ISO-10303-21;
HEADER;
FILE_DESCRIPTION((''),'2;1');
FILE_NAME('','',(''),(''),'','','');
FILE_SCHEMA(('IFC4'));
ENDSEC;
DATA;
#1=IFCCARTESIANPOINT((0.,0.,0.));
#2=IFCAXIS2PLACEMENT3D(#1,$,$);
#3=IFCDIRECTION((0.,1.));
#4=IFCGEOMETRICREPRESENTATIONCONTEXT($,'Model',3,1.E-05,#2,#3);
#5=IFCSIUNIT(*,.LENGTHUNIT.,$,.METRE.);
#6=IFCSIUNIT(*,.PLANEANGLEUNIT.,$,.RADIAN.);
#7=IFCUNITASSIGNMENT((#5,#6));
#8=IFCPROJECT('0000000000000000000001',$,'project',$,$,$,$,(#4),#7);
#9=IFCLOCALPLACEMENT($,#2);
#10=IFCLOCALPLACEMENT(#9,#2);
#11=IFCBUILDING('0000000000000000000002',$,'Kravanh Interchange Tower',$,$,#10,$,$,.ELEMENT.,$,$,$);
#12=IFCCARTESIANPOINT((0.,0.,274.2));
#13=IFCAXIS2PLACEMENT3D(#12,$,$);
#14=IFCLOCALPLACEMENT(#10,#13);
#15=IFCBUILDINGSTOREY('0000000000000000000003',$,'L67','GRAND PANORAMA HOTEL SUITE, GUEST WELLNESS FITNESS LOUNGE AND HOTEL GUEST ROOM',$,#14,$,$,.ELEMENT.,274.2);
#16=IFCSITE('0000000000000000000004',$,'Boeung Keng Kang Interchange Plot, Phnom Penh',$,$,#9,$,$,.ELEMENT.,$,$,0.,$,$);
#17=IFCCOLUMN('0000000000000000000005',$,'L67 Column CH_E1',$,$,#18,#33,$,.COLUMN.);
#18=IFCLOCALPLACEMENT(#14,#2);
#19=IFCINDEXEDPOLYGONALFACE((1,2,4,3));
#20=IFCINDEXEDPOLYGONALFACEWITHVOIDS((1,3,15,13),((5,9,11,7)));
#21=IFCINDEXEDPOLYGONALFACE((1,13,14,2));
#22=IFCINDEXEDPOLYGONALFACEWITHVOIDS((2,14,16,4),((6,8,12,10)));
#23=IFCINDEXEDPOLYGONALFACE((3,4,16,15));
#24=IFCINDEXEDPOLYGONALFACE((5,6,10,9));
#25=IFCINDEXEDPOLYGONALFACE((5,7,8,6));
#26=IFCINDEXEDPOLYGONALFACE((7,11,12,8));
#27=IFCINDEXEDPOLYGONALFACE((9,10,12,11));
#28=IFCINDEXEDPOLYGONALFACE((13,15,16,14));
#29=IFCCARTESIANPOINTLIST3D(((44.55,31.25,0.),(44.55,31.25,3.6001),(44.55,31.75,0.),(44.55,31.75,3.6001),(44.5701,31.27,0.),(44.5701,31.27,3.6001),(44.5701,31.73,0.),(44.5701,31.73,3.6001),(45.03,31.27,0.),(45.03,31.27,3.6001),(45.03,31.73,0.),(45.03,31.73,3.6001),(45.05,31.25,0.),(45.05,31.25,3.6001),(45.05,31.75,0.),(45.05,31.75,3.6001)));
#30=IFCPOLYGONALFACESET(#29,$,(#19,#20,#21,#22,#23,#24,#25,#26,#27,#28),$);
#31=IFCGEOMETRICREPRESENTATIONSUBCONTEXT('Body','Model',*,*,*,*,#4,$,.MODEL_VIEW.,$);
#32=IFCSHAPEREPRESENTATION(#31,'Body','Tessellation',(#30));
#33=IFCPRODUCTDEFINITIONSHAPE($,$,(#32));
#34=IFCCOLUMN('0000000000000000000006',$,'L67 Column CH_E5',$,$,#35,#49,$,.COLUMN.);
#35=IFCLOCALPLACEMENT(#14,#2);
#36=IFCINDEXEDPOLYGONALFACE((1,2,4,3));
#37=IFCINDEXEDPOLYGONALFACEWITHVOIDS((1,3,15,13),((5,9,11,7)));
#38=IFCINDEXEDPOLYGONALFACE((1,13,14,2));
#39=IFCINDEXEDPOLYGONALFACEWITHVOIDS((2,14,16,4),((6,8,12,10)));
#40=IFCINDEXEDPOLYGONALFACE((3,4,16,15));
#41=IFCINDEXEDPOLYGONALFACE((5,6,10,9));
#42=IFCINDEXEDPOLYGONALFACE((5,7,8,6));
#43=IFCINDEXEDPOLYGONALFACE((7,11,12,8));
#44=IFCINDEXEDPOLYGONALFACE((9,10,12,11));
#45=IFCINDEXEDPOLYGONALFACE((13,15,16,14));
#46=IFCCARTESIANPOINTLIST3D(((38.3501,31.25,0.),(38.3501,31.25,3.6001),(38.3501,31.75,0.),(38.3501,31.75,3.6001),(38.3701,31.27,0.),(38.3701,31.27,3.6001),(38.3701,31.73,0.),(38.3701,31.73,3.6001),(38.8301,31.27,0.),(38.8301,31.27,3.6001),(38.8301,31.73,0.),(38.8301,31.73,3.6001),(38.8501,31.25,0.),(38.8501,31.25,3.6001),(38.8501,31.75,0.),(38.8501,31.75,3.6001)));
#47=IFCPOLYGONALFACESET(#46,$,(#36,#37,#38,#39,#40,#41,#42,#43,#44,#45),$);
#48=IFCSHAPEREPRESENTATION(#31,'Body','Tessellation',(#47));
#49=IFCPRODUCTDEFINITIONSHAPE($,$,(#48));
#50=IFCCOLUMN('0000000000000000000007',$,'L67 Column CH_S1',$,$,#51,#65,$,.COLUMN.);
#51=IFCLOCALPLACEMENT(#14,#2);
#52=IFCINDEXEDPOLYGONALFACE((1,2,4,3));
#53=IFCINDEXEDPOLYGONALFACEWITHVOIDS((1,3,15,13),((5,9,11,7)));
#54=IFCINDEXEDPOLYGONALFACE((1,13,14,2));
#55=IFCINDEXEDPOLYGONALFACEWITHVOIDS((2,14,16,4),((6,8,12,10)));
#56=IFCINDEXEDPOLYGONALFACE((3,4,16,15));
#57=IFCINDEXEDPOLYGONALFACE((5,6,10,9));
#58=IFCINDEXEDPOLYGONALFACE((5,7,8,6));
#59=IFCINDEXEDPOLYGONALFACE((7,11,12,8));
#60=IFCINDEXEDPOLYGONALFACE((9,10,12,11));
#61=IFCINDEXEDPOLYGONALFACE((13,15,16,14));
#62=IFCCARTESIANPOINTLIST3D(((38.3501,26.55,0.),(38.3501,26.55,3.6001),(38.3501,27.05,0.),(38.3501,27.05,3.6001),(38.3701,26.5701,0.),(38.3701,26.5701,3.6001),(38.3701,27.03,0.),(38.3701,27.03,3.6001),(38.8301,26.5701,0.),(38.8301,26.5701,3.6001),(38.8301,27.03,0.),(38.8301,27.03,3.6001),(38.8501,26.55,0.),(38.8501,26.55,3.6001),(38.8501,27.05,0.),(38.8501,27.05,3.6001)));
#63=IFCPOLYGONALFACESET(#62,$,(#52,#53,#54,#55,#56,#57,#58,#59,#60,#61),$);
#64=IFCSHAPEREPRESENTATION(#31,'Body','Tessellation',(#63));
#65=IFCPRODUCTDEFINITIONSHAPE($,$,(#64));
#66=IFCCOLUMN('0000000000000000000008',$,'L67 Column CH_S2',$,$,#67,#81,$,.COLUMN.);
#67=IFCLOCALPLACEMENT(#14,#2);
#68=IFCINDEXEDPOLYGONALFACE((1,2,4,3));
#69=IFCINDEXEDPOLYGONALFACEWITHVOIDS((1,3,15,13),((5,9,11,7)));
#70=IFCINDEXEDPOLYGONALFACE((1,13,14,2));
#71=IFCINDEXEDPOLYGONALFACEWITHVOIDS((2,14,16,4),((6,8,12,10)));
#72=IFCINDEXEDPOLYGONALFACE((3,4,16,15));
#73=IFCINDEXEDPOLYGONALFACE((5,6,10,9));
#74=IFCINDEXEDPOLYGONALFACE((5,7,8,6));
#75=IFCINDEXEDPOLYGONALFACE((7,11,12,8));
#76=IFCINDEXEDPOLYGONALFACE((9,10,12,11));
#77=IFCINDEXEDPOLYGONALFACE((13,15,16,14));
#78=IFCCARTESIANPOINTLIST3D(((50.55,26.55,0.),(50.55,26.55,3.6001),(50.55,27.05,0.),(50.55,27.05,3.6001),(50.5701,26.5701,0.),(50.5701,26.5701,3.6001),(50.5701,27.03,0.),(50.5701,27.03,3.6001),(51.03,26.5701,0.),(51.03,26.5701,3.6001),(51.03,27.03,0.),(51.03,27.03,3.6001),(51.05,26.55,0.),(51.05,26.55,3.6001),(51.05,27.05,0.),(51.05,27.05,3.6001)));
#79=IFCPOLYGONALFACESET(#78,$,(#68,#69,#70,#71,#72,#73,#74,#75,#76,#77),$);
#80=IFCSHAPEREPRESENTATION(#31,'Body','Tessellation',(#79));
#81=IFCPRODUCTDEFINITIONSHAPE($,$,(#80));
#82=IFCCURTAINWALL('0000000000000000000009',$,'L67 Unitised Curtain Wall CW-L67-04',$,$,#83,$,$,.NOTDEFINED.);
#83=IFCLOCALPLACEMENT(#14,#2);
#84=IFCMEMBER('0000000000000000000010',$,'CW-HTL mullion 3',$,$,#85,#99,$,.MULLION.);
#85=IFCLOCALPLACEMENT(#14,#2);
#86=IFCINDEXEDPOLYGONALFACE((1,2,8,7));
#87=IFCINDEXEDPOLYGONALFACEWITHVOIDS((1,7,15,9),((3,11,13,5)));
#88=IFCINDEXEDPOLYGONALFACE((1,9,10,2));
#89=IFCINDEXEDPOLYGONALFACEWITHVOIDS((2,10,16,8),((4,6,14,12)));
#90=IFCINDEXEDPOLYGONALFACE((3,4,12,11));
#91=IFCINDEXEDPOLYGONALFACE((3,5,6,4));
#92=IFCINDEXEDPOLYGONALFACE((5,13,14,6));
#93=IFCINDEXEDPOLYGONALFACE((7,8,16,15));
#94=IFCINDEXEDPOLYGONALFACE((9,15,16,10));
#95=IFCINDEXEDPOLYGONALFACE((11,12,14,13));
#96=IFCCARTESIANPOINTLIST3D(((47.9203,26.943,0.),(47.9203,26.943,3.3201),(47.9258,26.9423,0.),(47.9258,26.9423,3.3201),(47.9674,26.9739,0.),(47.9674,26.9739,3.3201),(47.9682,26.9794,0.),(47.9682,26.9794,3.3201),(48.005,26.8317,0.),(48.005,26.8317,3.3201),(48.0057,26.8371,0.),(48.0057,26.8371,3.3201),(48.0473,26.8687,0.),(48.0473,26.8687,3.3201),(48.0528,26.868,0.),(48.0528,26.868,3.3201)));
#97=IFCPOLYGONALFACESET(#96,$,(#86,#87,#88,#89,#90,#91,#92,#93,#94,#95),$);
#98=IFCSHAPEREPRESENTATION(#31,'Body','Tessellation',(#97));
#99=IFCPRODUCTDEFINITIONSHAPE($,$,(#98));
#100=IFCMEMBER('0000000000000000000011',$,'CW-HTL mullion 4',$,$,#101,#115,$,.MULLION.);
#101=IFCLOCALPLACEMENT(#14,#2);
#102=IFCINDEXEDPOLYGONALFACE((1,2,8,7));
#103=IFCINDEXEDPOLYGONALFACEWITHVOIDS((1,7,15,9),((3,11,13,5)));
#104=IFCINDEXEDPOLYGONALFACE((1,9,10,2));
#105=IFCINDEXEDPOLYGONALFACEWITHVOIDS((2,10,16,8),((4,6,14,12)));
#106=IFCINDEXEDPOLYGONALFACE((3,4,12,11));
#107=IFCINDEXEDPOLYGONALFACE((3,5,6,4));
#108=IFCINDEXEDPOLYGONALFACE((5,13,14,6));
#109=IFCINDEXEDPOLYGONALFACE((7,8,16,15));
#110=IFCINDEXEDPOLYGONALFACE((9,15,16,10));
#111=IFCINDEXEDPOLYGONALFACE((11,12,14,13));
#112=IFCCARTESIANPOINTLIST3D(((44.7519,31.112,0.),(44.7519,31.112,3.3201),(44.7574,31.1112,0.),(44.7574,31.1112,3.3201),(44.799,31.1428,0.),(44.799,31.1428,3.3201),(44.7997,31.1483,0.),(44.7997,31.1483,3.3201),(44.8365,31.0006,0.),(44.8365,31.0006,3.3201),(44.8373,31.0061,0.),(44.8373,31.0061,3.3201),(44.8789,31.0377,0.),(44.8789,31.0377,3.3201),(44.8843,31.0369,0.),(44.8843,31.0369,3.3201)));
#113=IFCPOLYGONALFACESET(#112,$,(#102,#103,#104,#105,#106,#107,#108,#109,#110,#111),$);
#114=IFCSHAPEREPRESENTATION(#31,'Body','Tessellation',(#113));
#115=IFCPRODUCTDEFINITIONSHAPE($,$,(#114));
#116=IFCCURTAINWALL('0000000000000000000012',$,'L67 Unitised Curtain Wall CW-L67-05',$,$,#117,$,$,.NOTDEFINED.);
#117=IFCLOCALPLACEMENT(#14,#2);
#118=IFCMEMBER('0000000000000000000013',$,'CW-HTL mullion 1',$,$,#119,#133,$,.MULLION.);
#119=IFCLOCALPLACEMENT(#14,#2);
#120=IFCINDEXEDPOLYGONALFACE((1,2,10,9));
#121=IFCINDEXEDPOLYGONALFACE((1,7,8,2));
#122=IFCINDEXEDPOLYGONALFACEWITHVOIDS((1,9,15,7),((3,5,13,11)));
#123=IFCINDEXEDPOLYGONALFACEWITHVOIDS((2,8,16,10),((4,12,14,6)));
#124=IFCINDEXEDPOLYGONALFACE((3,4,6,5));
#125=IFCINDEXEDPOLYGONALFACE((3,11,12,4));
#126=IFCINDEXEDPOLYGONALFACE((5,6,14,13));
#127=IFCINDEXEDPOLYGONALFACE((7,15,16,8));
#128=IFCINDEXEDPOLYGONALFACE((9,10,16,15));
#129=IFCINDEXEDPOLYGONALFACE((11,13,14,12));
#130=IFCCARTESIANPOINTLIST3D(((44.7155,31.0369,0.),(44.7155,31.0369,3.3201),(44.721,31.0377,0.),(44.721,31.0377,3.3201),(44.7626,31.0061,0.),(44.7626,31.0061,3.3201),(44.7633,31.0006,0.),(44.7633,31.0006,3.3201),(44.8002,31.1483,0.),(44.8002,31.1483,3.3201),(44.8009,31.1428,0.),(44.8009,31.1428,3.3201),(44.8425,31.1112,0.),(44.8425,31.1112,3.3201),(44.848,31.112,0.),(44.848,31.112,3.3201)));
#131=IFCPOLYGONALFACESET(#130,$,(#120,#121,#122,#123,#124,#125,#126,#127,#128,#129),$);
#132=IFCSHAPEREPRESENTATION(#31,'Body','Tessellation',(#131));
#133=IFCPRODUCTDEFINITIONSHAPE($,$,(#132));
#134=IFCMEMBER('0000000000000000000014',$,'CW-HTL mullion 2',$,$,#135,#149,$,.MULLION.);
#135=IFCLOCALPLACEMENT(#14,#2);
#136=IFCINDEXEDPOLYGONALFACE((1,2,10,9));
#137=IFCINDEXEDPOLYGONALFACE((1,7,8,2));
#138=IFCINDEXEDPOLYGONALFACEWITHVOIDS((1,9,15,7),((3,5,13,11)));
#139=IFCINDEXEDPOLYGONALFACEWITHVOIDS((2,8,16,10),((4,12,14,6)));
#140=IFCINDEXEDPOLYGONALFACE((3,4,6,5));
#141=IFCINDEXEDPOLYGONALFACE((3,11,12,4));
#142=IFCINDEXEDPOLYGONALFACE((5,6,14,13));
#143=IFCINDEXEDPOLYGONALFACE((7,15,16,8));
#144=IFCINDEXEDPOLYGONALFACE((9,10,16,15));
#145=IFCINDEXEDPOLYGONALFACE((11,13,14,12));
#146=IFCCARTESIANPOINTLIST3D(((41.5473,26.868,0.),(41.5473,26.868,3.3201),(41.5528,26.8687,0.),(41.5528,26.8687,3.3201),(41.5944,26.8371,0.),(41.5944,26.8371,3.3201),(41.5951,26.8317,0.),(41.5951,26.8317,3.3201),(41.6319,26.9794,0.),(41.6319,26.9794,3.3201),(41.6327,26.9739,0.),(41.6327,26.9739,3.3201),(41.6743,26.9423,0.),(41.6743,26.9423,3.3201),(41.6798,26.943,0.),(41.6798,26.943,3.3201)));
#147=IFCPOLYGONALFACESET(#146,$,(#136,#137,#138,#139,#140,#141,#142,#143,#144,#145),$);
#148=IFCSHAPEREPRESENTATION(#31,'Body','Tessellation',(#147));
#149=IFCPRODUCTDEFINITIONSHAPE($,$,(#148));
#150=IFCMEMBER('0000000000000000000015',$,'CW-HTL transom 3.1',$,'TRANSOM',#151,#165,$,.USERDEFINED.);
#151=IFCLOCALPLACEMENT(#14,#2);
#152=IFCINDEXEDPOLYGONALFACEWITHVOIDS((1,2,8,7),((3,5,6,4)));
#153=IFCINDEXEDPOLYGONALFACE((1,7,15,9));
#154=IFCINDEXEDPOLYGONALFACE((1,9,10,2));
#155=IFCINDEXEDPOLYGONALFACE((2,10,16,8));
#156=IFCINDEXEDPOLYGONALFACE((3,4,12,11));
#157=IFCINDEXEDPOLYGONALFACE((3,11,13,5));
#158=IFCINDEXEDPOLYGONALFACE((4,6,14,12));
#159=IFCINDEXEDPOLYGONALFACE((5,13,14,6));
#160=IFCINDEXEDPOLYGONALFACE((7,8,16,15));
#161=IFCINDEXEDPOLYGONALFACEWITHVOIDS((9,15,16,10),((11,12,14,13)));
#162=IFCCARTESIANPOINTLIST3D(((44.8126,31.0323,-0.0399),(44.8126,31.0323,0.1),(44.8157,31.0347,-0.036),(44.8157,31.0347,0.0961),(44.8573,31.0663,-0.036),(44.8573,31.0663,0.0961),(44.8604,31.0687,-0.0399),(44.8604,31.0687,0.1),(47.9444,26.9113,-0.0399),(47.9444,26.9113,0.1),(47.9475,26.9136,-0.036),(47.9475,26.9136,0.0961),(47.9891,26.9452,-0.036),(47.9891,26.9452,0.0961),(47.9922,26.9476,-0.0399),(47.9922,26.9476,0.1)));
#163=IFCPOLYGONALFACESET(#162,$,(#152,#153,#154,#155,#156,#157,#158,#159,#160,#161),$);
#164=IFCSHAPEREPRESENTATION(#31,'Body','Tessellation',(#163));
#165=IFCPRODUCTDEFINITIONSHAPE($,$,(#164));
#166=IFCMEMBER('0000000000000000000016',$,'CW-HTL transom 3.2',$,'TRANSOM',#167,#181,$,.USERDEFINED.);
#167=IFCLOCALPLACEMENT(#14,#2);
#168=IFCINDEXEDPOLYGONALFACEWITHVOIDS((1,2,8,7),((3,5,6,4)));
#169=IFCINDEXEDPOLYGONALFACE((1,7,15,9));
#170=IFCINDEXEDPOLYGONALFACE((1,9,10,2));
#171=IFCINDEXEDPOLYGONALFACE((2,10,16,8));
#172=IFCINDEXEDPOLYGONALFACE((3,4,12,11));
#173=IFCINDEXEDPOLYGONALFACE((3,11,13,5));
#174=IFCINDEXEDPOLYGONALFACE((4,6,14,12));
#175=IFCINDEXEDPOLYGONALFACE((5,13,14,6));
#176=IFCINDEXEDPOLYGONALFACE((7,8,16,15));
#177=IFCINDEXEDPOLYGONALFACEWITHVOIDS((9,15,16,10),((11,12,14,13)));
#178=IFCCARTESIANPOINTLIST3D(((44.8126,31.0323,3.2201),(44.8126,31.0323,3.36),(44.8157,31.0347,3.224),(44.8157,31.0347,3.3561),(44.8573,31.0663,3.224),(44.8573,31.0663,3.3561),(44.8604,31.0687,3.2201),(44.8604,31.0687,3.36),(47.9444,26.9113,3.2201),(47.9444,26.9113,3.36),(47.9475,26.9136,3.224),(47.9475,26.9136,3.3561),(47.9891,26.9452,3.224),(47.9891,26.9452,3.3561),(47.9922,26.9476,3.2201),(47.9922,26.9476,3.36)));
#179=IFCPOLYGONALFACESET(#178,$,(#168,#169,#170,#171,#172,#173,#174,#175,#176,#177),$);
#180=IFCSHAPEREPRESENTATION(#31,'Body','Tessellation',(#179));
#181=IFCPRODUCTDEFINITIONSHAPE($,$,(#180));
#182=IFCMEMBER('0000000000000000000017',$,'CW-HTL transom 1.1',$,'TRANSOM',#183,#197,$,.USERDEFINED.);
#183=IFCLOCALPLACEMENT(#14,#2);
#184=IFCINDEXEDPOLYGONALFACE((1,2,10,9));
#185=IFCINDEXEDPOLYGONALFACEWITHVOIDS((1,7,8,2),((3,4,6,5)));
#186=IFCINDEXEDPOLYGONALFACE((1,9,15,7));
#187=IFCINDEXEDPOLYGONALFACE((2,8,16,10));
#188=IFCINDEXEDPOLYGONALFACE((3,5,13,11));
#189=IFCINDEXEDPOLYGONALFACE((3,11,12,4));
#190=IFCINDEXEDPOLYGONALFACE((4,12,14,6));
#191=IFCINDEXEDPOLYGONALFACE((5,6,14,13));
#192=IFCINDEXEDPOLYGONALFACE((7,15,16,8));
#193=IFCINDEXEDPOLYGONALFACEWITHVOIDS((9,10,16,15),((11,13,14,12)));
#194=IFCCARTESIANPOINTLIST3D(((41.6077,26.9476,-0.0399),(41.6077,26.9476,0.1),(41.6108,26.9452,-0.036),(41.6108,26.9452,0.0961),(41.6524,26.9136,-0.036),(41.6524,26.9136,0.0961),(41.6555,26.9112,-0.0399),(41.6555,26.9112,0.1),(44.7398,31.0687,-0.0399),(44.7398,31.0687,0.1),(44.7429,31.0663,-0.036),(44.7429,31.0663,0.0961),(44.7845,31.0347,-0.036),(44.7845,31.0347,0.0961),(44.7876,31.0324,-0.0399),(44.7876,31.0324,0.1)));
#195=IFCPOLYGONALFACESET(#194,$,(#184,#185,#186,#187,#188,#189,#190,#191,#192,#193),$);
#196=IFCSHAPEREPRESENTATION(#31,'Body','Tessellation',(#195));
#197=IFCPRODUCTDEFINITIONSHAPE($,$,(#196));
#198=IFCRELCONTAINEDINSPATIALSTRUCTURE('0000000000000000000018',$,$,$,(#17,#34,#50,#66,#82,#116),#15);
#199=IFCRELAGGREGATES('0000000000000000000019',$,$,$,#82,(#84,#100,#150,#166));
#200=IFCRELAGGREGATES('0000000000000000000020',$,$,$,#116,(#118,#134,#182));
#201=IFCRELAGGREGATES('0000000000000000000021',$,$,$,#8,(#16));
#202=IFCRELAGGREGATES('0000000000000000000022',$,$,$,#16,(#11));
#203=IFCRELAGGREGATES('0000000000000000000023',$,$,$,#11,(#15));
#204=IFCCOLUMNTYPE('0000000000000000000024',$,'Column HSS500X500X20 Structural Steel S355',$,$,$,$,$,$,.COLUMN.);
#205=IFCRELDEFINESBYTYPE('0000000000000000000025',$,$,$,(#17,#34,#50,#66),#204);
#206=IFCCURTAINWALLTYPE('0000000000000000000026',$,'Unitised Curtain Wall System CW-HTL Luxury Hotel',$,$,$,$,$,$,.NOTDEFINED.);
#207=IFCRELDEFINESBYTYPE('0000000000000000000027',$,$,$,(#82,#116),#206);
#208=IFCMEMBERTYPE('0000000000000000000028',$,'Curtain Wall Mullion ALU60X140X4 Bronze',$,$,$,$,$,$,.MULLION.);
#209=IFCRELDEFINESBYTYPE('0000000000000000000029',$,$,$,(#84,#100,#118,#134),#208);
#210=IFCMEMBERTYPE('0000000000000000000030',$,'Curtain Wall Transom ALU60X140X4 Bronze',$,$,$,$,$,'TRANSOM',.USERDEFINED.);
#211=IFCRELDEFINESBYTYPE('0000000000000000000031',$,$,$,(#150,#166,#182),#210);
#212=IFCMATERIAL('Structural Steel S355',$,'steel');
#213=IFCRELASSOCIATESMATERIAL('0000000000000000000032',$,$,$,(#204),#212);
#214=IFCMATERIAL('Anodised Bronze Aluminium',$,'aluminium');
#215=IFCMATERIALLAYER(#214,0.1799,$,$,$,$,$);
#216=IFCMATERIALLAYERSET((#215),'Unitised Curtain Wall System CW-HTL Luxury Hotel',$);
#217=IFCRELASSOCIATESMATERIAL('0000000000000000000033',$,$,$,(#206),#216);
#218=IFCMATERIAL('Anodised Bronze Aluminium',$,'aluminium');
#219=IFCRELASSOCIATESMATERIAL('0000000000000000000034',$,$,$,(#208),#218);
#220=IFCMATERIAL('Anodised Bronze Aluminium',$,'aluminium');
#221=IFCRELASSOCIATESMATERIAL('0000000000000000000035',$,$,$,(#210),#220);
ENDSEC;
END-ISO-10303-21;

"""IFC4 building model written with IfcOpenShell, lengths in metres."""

from ifc_helpers import new_model, si_unit, direction, frame, origin, origin_2d, place, context, subcontext, project, spatial, hollow_rectangle, extrude, material, layer, layer_set, material_profile, profile_set, type_object, element, aggregate, save


model = new_model("IFC4")

# Units and contexts
model_context = context("Model", 3, precision=1e-05, world=origin(), true_north=direction((0.0, 1.0)))
body_context = subcontext(model_context, "Body", "Model", "MODEL_VIEW")
ifc_project = project(units=[si_unit("LENGTHUNIT", "METRE"), si_unit("PLANEANGLEUNIT", "RADIAN")], contexts=[model_context])

# Site, building, storey
site_placement = place(None, origin())
site = spatial("IfcSite", under=ifc_project, at=site_placement, Name="Boeung Keng Kang Interchange Plot, Phnom Penh", CompositionType="ELEMENT", RefElevation=0.0)
building_placement = place(site_placement, origin())
building = spatial("IfcBuilding", under=site, at=building_placement, Name="Kravanh Interchange Tower", CompositionType="ELEMENT")
storey_placement = place(building_placement, frame((0.0, 0.0, 274.2)))
storey = spatial("IfcBuildingStorey", under=building, at=storey_placement, Name="L67", Description="GRAND PANORAMA HOTEL SUITE, GUEST WELLNESS FITNESS LOUNGE AND HOTEL GUEST ROOM", CompositionType="ELEMENT", Elevation=274.2)

# Columns
ifc_material_1 = material(Name="Structural Steel S355", Category="steel")
ifc_material_profile_1 = material_profile(ifc_material_1, hollow_rectangle(XDim=0.5, YDim=0.5, WallThickness=0.02, at=origin_2d()), Name="HSS500X500X20")
ifc_profile_set_1 = profile_set([ifc_material_profile_1], Name="Structural Steel S355")
column_type = type_object("IfcColumnType", Name="Column HSS500X500X20 Structural Steel S355", PredefinedType="COLUMN", material=ifc_profile_set_1)
for number, where, z_axis, x_axis, name in (
    (1, (44.8, 31.5, 0.0), (0.0, 0.0, 1.0), (1.0, 0.0, 0.0), "L67 Column CH_E1"),
    (2, (38.6001, 31.5, 0.0), (0.0, 0.0, 1.0), (1.0, 0.0, 0.0), "L67 Column CH_E5"),
    (3, (38.6001, 26.8, 0.0), (0.0, 0.0, 1.0), (1.0, 0.0, 0.0), "L67 Column CH_S1"),
    (4, (50.8, 26.8, 0.0), (0.0, 0.0, 1.0), (1.0, 0.0, 0.0), "L67 Column CH_S2"),
):
    element("IfcColumn", number, at=place(storey_placement, frame(where, z_axis=z_axis, x_axis=x_axis)), inside=storey, type_object=column_type, Name=name, PredefinedType="COLUMN", context=body_context, shape_type="SweptSolid", body=[
        extrude(hollow_rectangle(XDim=0.5, YDim=0.5, WallThickness=0.02, at=origin_2d()), origin(), (0.0, 0.0, 1.0), 3.6001),
    ])

# Curtain walls, members
ifc_material_2 = material(Name="Anodised Bronze Aluminium", Category="aluminium")
ifc_layer_1 = layer(ifc_material_2, 0.1799)
ifc_layer_set_1 = layer_set([ifc_layer_1], Name="Unitised Curtain Wall System CW-HTL Luxury Hotel")
curtain_wall_type = type_object("IfcCurtainWallType", Name="Unitised Curtain Wall System CW-HTL Luxury Hotel", PredefinedType="NOTDEFINED", material=ifc_layer_set_1)
curtain_wall_1_placement = place(storey_placement, origin())
curtain_wall_1 = element("IfcCurtainWall", 5, at=curtain_wall_1_placement, inside=storey, type_object=curtain_wall_type, Name="L67 Unitised Curtain Wall CW-L67-04", PredefinedType="NOTDEFINED")
ifc_material_3 = material(Name="Anodised Bronze Aluminium", Category="aluminium")
ifc_material_profile_2 = material_profile(ifc_material_3, hollow_rectangle(XDim=0.0601, YDim=0.1399, WallThickness=0.0039, at=origin_2d()), Name="ALU60X140X4")
ifc_profile_set_2 = profile_set([ifc_material_profile_2], Name="Anodised Bronze Aluminium")
member_type_1 = type_object("IfcMemberType", Name="Curtain Wall Mullion ALU60X140X4 Bronze", PredefinedType="MULLION", material=ifc_profile_set_2)
member_1_placement = place(storey_placement, frame((47.9866, 26.9055, 0.0), z_axis=(0.0, 0.0, 1.0), x_axis=(-0.796162, -0.605083, 0.0)))
member_1 = element("IfcMember", 6, at=member_1_placement, type_object=member_type_1, Name="CW-HTL mullion 3", PredefinedType="MULLION", context=body_context, shape_type="SweptSolid", body=[
    extrude(hollow_rectangle(XDim=0.0601, YDim=0.1399, WallThickness=0.0039, at=origin_2d()), origin(), (0.0, 0.0, 1.0), 3.3201),
])
member_2_placement = place(storey_placement, frame((44.8181, 31.0745, 0.0), z_axis=(0.0, 0.0, 1.0), x_axis=(-0.796162, -0.605083, 0.0)))
member_2 = element("IfcMember", 7, at=member_2_placement, type_object=member_type_1, Name="CW-HTL mullion 4", PredefinedType="MULLION", context=body_context, shape_type="SweptSolid", body=[
    extrude(hollow_rectangle(XDim=0.0601, YDim=0.1399, WallThickness=0.0039, at=origin_2d()), origin(), (0.0, 0.0, 1.0), 3.3201),
])
curtain_wall_2_placement = place(storey_placement, origin())
curtain_wall_2 = element("IfcCurtainWall", 8, at=curtain_wall_2_placement, inside=storey, type_object=curtain_wall_type, Name="L67 Unitised Curtain Wall CW-L67-05", PredefinedType="NOTDEFINED")
member_3_placement = place(storey_placement, frame((44.7817, 31.0745, 0.0), z_axis=(0.0, 0.0, 1.0), x_axis=(0.796162, -0.605083, 0.0)))
member_3 = element("IfcMember", 9, at=member_3_placement, type_object=member_type_1, Name="CW-HTL mullion 1", PredefinedType="MULLION", context=body_context, shape_type="SweptSolid", body=[
    extrude(hollow_rectangle(XDim=0.0601, YDim=0.1399, WallThickness=0.0039, at=origin_2d()), origin(), (0.0, 0.0, 1.0), 3.3201),
])
member_4_placement = place(storey_placement, frame((41.6135, 26.9055, 0.0), z_axis=(0.0, 0.0, 1.0), x_axis=(0.796162, -0.605083, 0.0)))
member_4 = element("IfcMember", 10, at=member_4_placement, type_object=member_type_1, Name="CW-HTL mullion 2", PredefinedType="MULLION", context=body_context, shape_type="SweptSolid", body=[
    extrude(hollow_rectangle(XDim=0.0601, YDim=0.1399, WallThickness=0.0039, at=origin_2d()), origin(), (0.0, 0.0, 1.0), 3.3201),
])

# Members
ifc_material_4 = material(Name="Anodised Bronze Aluminium", Category="aluminium")
ifc_material_profile_3 = material_profile(ifc_material_4, hollow_rectangle(XDim=0.0601, YDim=0.1399, WallThickness=0.0039, at=origin_2d()), Name="ALU60X140X4")
ifc_profile_set_3 = profile_set([ifc_material_profile_3], Name="Anodised Bronze Aluminium")
member_type_2 = type_object("IfcMemberType", Name="Curtain Wall Transom ALU60X140X4 Bronze", ElementType="TRANSOM", PredefinedType="USERDEFINED", material=ifc_profile_set_3)
member_5_placement = place(storey_placement, frame((47.9683, 26.9294, 0.03), z_axis=(-0.605059, 0.79618, 0.0), x_axis=(-0.79618, -0.605059, 0.0)))
member_5 = element("IfcMember", 11, at=member_5_placement, type_object=member_type_2, Name="CW-HTL transom 3.1", ObjectType="TRANSOM", PredefinedType="USERDEFINED", context=body_context, shape_type="SweptSolid", body=[
    extrude(hollow_rectangle(XDim=0.0601, YDim=0.1399, WallThickness=0.0039, at=origin_2d()), origin(), (0.0, 0.0, 1.0), 5.176),
])
member_6_placement = place(storey_placement, frame((47.9683, 26.9294, 3.29), z_axis=(-0.605059, 0.79618, 0.0), x_axis=(-0.79618, -0.605059, 0.0)))
member_6 = element("IfcMember", 12, at=member_6_placement, type_object=member_type_2, Name="CW-HTL transom 3.2", ObjectType="TRANSOM", PredefinedType="USERDEFINED", context=body_context, shape_type="SweptSolid", body=[
    extrude(hollow_rectangle(XDim=0.0601, YDim=0.1399, WallThickness=0.0039, at=origin_2d()), origin(), (0.0, 0.0, 1.0), 5.176),
])
member_7_placement = place(storey_placement, frame((44.7637, 31.0505, 0.03), z_axis=(-0.605089, -0.796158, 0.0), x_axis=(0.796158, -0.605089, 0.0)))
member_7 = element("IfcMember", 13, at=member_7_placement, type_object=member_type_2, Name="CW-HTL transom 1.1", ObjectType="TRANSOM", PredefinedType="USERDEFINED", context=body_context, shape_type="SweptSolid", body=[
    extrude(hollow_rectangle(XDim=0.0601, YDim=0.1399, WallThickness=0.0039, at=origin_2d()), origin(), (0.0, 0.0, 1.0), 5.1763),
])

aggregate(curtain_wall_1, [member_1, member_2, member_5, member_6])
aggregate(curtain_wall_2, [member_3, member_4, member_7])

save(model, "model.ifc")
